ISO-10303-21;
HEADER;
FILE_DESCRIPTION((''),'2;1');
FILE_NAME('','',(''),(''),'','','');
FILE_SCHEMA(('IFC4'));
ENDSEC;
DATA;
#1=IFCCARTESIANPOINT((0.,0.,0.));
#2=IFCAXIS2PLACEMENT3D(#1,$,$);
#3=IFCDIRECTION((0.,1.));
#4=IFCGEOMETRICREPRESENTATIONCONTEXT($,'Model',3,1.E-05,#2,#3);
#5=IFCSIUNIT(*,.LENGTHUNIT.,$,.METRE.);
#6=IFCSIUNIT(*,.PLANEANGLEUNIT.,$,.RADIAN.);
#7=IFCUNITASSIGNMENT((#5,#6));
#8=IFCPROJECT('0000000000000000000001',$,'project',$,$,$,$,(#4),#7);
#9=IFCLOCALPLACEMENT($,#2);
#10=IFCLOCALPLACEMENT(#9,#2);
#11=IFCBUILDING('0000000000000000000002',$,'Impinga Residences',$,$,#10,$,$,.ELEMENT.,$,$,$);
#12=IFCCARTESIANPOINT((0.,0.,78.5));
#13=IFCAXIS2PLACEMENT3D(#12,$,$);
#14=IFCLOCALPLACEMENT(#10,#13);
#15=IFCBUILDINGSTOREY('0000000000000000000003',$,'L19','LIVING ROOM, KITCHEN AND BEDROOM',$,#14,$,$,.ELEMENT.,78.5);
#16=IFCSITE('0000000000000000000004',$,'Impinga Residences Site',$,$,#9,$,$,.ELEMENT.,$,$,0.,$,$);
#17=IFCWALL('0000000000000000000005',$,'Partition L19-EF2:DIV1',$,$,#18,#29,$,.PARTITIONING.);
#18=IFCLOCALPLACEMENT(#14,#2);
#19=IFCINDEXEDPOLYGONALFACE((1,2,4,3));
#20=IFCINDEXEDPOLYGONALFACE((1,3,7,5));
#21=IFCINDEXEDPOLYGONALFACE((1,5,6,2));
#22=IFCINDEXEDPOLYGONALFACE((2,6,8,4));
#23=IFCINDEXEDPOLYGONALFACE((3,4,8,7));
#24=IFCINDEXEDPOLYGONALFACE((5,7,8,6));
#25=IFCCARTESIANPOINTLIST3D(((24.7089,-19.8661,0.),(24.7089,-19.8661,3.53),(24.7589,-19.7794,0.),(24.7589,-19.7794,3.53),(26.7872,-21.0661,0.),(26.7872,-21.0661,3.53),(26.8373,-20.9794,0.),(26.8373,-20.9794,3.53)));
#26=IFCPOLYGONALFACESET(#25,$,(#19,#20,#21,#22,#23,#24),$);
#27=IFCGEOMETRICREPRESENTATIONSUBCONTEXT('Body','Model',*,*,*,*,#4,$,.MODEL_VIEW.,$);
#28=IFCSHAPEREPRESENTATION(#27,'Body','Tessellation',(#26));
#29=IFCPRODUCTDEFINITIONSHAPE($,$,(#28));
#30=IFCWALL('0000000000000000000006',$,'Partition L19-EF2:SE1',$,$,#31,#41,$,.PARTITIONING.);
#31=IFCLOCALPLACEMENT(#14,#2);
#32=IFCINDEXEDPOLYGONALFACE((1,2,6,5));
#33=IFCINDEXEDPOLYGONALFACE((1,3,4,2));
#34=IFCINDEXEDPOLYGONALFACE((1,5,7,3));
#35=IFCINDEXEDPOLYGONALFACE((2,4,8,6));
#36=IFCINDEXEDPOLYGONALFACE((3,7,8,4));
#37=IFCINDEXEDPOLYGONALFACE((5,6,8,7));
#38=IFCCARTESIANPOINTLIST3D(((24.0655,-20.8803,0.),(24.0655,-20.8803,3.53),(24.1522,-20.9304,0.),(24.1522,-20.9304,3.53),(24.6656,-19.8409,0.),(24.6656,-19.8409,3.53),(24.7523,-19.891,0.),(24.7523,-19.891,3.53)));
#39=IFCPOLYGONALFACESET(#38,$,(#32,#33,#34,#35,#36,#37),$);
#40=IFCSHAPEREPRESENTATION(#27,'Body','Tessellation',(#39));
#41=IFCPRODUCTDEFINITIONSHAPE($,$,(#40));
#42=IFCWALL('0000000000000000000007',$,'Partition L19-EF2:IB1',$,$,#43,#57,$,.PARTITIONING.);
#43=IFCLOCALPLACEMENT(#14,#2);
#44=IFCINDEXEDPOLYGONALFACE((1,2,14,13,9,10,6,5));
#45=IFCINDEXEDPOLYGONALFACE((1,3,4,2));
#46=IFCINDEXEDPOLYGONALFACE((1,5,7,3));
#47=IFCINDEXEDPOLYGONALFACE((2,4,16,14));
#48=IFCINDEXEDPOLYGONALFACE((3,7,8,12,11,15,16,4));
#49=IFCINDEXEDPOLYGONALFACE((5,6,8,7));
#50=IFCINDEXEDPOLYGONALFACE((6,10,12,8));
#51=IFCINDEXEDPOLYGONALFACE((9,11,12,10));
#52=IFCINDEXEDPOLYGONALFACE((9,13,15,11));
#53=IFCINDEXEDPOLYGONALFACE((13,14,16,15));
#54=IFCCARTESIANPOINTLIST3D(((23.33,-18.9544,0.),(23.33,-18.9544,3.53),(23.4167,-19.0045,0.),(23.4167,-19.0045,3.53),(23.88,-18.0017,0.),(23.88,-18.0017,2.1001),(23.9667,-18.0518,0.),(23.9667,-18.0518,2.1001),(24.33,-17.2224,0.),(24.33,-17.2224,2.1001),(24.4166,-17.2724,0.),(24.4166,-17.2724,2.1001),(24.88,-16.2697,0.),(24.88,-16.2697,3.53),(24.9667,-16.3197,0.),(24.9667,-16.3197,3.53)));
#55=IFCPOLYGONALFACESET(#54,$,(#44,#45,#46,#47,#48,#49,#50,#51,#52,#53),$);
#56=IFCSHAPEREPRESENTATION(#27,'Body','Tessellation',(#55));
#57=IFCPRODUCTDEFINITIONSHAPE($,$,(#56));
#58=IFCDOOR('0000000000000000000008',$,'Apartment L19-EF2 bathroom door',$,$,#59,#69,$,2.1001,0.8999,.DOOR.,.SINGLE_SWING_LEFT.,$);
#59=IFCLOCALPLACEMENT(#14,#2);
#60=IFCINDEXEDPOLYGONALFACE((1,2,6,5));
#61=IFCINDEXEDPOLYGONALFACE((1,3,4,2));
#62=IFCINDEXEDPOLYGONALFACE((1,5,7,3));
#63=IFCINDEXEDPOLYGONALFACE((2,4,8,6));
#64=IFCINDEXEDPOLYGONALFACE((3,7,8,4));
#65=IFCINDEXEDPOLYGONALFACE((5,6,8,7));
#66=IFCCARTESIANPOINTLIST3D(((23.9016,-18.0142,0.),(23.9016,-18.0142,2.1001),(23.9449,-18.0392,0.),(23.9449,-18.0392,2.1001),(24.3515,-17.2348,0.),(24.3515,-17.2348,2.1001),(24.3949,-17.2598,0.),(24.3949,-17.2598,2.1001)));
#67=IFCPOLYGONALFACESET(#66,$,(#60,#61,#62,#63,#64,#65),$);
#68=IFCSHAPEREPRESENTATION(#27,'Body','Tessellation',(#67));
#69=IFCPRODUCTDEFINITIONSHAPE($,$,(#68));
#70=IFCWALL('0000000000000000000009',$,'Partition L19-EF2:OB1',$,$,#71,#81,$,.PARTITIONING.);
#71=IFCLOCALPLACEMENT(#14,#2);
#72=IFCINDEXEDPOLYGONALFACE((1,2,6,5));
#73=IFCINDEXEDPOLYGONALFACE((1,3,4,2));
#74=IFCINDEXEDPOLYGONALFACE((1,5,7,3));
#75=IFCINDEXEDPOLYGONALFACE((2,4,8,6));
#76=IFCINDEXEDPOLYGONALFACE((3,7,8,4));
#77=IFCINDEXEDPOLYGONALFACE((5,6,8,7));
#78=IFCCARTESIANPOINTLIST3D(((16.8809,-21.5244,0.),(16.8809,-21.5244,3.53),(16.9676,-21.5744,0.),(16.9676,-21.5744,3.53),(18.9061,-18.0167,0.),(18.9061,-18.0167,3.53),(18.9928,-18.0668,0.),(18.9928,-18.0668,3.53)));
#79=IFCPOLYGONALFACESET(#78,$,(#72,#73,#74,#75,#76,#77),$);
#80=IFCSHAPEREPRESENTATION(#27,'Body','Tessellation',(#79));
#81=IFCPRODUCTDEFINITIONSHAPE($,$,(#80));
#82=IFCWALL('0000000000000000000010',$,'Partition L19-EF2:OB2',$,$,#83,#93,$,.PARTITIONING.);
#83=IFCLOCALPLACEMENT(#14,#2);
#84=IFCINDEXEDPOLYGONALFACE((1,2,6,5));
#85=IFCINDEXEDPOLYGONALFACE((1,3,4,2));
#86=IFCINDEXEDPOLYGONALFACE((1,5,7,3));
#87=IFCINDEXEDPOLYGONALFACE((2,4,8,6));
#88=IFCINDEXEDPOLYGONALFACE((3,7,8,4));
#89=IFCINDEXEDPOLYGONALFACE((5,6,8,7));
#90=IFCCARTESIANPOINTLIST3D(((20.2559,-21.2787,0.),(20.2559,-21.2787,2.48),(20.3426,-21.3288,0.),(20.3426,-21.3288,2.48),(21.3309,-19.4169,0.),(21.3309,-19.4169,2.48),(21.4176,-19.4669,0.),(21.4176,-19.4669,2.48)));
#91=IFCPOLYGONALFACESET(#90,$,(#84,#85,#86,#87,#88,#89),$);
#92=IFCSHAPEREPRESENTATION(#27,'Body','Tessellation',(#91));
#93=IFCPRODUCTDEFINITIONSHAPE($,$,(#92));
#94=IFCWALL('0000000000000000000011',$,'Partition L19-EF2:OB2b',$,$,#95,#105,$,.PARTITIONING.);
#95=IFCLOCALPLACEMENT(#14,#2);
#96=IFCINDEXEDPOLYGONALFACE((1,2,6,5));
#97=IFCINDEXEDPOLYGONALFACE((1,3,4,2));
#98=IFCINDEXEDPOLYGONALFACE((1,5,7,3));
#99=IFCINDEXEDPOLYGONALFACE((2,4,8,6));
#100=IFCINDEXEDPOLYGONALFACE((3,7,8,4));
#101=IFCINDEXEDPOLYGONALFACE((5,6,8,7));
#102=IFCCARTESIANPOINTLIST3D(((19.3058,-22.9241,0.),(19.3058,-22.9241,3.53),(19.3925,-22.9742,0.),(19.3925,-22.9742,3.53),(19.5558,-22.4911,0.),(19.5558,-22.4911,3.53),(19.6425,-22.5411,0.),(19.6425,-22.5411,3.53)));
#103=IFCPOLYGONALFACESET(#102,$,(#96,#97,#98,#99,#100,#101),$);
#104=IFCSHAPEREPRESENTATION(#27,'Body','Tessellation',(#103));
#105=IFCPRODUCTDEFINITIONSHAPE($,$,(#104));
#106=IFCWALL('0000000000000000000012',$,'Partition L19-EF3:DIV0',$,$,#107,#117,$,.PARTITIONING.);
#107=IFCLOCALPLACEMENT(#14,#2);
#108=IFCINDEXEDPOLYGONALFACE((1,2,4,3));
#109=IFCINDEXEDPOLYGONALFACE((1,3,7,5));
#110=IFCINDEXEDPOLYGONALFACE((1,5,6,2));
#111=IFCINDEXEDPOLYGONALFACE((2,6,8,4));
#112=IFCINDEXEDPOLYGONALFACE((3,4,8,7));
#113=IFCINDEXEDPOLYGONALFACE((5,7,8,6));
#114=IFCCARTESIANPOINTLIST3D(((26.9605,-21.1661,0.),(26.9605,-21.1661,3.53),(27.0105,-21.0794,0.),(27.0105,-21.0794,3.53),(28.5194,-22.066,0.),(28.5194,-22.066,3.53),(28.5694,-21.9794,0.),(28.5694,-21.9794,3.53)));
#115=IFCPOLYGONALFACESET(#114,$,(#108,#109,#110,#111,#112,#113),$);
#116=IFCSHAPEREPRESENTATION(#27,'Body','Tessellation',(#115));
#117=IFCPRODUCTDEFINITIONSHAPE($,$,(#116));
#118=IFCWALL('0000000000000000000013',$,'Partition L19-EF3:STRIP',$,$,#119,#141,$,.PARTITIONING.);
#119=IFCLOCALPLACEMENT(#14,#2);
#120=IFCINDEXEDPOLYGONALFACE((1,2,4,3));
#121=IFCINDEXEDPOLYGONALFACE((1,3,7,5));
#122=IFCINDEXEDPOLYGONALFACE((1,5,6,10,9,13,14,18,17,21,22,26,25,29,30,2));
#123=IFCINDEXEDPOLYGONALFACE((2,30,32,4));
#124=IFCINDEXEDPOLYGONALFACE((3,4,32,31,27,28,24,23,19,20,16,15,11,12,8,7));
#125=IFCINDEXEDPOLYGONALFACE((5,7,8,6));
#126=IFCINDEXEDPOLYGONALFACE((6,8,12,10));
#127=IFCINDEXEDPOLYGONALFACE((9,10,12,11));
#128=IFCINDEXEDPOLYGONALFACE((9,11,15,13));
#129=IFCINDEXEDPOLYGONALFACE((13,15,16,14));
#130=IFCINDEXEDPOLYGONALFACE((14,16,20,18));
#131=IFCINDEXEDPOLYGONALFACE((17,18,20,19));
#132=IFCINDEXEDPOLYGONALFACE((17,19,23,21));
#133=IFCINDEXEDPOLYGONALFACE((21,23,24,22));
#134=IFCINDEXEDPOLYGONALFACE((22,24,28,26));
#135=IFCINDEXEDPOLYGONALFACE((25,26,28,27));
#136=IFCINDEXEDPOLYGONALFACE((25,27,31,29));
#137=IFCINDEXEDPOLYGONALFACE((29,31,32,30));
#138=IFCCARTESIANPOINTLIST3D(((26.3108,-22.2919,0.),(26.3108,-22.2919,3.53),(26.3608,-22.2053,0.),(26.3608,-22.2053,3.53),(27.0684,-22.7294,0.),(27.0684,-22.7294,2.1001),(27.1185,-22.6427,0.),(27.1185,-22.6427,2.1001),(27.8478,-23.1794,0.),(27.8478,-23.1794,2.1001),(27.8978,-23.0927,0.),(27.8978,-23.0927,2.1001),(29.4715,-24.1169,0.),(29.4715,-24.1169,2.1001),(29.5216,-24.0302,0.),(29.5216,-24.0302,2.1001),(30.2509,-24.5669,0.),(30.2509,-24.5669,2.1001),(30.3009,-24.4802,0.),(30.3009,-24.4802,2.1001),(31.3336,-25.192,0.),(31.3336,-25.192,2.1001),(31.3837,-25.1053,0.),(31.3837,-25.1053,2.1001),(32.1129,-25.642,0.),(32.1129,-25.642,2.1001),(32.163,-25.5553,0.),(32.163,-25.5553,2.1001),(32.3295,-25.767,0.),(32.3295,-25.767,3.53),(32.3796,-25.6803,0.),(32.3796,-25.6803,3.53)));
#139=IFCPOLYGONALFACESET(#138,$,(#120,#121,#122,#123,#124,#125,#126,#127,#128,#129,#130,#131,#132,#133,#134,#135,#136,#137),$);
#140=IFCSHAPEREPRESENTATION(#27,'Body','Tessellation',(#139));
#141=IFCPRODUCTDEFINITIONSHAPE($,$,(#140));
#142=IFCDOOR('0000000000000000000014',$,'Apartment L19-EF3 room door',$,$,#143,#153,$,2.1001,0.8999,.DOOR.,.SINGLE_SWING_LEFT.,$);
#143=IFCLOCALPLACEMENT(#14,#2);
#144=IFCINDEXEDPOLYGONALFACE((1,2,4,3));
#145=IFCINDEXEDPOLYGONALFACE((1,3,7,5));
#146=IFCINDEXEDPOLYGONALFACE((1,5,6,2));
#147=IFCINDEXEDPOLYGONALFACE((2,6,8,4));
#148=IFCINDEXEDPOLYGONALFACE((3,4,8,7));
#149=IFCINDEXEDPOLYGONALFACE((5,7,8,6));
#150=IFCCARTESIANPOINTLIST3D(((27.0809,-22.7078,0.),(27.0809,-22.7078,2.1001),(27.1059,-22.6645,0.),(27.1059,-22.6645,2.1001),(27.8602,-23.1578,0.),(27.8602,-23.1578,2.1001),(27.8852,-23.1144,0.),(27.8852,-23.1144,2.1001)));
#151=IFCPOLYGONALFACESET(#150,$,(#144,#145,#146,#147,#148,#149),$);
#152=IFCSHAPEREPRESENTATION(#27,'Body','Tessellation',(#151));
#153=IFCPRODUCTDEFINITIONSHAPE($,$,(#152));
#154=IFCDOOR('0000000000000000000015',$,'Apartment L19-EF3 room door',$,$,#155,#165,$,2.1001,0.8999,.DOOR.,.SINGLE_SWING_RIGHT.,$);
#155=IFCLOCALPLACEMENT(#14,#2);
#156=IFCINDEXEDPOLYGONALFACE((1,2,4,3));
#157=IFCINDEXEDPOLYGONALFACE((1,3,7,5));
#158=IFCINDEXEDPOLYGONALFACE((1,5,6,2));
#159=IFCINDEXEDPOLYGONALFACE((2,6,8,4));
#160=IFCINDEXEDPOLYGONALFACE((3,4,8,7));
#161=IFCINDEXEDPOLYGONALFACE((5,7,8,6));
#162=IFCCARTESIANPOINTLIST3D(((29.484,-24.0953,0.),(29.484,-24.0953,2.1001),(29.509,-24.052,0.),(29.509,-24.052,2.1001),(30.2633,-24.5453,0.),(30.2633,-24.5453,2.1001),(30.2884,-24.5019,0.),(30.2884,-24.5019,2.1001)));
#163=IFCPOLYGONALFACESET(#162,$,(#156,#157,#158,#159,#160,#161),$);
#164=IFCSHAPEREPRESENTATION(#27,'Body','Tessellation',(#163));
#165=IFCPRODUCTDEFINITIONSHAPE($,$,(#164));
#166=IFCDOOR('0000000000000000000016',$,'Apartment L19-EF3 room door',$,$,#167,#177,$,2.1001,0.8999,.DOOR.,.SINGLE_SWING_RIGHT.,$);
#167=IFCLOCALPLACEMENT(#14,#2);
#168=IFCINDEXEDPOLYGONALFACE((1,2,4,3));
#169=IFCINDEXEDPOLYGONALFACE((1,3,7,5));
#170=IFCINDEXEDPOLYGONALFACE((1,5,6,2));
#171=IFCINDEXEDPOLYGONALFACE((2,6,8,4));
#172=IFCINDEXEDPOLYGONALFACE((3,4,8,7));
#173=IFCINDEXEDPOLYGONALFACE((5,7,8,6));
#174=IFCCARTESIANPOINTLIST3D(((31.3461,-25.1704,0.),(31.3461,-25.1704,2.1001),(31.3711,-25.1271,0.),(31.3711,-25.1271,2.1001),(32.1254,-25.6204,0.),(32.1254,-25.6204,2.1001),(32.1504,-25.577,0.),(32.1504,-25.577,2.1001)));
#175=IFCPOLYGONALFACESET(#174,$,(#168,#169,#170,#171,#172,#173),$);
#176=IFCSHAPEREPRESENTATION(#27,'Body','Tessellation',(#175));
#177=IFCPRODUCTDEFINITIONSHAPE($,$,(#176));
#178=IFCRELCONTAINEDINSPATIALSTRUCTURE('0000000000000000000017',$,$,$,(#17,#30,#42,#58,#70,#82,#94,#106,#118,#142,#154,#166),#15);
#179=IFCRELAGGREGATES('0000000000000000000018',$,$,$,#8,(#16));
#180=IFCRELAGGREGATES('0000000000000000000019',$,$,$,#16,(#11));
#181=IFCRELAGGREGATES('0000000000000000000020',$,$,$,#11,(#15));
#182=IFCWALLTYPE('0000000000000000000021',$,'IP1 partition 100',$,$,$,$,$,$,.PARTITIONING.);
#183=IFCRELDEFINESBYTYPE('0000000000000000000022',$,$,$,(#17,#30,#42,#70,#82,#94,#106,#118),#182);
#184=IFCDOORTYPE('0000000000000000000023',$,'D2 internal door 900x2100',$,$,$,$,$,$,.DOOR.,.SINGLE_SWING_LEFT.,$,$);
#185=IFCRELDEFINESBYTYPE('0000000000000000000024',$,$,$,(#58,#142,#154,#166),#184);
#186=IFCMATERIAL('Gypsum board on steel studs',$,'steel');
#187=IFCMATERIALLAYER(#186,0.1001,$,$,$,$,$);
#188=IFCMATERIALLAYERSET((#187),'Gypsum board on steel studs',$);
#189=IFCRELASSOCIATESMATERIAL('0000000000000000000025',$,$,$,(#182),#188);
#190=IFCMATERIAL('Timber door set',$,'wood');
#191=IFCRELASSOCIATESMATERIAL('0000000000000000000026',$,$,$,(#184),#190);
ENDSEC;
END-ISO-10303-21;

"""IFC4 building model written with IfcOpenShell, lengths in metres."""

from ifc_helpers import new_model, si_unit, direction, frame, frame_2d, origin, place, context, subcontext, project, spatial, rectangle, extrude, material, layer, layer_set, type_object, element, fill, save


model = new_model("IFC4")

# Units and contexts
model_context = context("Model", 3, precision=1e-05, world=origin(), true_north=direction((0.0, 1.0)))
body_context = subcontext(model_context, "Body", "Model", "MODEL_VIEW")
ifc_project = project(units=[si_unit("LENGTHUNIT", "METRE"), si_unit("PLANEANGLEUNIT", "RADIAN")], contexts=[model_context])

# Site, building, storey
site_placement = place(None, origin())
site = spatial("IfcSite", under=ifc_project, at=site_placement, Name="Impinga Residences Site", CompositionType="ELEMENT", RefElevation=0.0)
building_placement = place(site_placement, origin())
building = spatial("IfcBuilding", under=site, at=building_placement, Name="Impinga Residences", CompositionType="ELEMENT")
storey_placement = place(building_placement, frame((0.0, 0.0, 78.5)))
storey = spatial("IfcBuildingStorey", under=building, at=storey_placement, Name="L19", Description="LIVING ROOM, KITCHEN AND BEDROOM", CompositionType="ELEMENT", Elevation=78.5)

# Shared definitions
ifc_material_1 = material(Name="Gypsum board on steel studs", Category="steel")
ifc_layer_1 = layer(ifc_material_1, 0.1001)
ifc_layer_set_1 = layer_set([ifc_layer_1], Name="Gypsum board on steel studs")
wall_type_1 = type_object("IfcWallType", Name="IP1 partition 100", PredefinedType="PARTITIONING", material=ifc_layer_set_1)

# Shared definitions
ifc_material_2 = material(Name="Timber door set", Category="wood")
door_type = type_object("IfcDoorType", Name="D2 internal door 900x2100", OperationType="SINGLE_SWING_LEFT", PredefinedType="DOOR", material=ifc_material_2)

# Walls
wall_1_placement = place(storey_placement, frame((24.7339, -19.8228, 0.0), z_axis=(0.0, 0.0, 1.0), x_axis=(0.866025, -0.500001, 0.0)))
element("IfcWall", 1, at=wall_1_placement, inside=storey, type_object=wall_type_1, Name="Partition L19-EF2:DIV1", PredefinedType="PARTITIONING", context=body_context, shape_type="SweptSolid", body=[
    extrude(rectangle(XDim=2.3999, YDim=0.1001, at=frame_2d((1.2, 0.0))), origin(), (0.0, 0.0, 1.0), 3.53),
])
wall_2_placement = place(storey_placement, frame((24.709, -19.866, 0.0), z_axis=(0.0, 0.0, 1.0), x_axis=(-0.500034, -0.866006, 0.0)))
element("IfcWall", 2, at=wall_2_placement, inside=storey, type_object=wall_type_1, Name="Partition L19-EF2:SE1", PredefinedType="PARTITIONING", context=body_context, shape_type="SweptSolid", body=[
    extrude(rectangle(XDim=1.2002, YDim=0.1001, at=frame_2d((0.6001, 0.0))), origin(), (0.0, 0.0, 1.0), 3.53),
])

# Wall, opening, door
wall_3_placement = place(storey_placement, frame((24.9233, -16.2947, 0.0), z_axis=(0.0, 0.0, 1.0), x_axis=(-0.499993, -0.86603, 0.0)))
wall_3 = element("IfcWall", 3, at=wall_3_placement, inside=storey, type_object=wall_type_1, Name="Partition L19-EF2:IB1", PredefinedType="PARTITIONING", context=body_context, shape_type="SweptSolid", body=[
    extrude(rectangle(XDim=3.1001, YDim=0.1001, at=frame_2d((1.55, 0.0))), origin(), (0.0, 0.0, 1.0), 3.53),
])
opening_1_placement = place(wall_3_placement, frame((1.1001, 0.0, 0.0)))
opening_1 = element("IfcOpeningElement", 4, at=opening_1_placement, cuts=wall_3, PredefinedType="OPENING", context=body_context, shape_type="SweptSolid", body=[
    extrude(rectangle(XDim=0.8999, YDim=2.1001, at=frame_2d((0.45, 1.05))), frame((0.0, 0.0601, 0.0), z_axis=(0.0, -1.0, 0.0), x_axis=(1.0, 0.0, 0.0)), (0.0, 0.0, 1.0), 0.1201),
])
door_1_placement = place(opening_1_placement, origin())
door_1 = element("IfcDoor", 5, at=door_1_placement, inside=storey, type_object=door_type, Name="Apartment L19-EF2 bathroom door", OperationType="SINGLE_SWING_LEFT", OverallHeight=2.1001, OverallWidth=0.8999, PredefinedType="DOOR", context=body_context, shape_type="SweptSolid", body=[
    extrude(rectangle(XDim=0.8999, YDim=2.1001, at=frame_2d((0.45, 1.05))), frame((0.0, 0.0249, 0.0), z_axis=(0.0, -1.0, 0.0), x_axis=(1.0, 0.0, 0.0)), (0.0, 0.0, 1.0), 0.05),
])
fill(opening_1, door_1)

# Walls
wall_4_placement = place(storey_placement, frame((18.9495, -18.0417, 0.0), z_axis=(0.0, 0.0, 1.0), x_axis=(-0.500009, -0.86602, 0.0)))
element("IfcWall", 6, at=wall_4_placement, inside=storey, type_object=wall_type_1, Name="Partition L19-EF2:OB1", PredefinedType="PARTITIONING", context=body_context, shape_type="SweptSolid", body=[
    extrude(rectangle(XDim=4.0503, YDim=0.1001, at=frame_2d((2.0251, 0.0))), origin(), (0.0, 0.0, 1.0), 3.53),
])
wall_5_placement = place(storey_placement, frame((21.3743, -19.4419, 0.0), z_axis=(0.0, 0.0, 1.0), x_axis=(-0.500011, -0.866019, 0.0)))
element("IfcWall", 7, at=wall_5_placement, inside=storey, type_object=wall_type_1, Name="Partition L19-EF2:OB2", PredefinedType="PARTITIONING", context=body_context, shape_type="SweptSolid", body=[
    extrude(rectangle(XDim=2.1499, YDim=0.1001, at=frame_2d((1.075, 0.0))), origin(), (0.0, 0.0, 1.0), 2.48),
])
wall_6_placement = place(storey_placement, frame((19.5991, -22.5161, 0.0), z_axis=(0.0, 0.0, 1.0), x_axis=(-0.49992, -0.866072, 0.0)))
element("IfcWall", 8, at=wall_6_placement, inside=storey, type_object=wall_type_1, Name="Partition L19-EF2:OB2b", PredefinedType="PARTITIONING", context=body_context, shape_type="SweptSolid", body=[
    extrude(rectangle(XDim=0.5, YDim=0.1001, at=frame_2d((0.25, 0.0))), origin(), (0.0, 0.0, 1.0), 3.53),
])
wall_7_placement = place(storey_placement, frame((26.9856, -21.1228, 0.0), z_axis=(0.0, 0.0, 1.0), x_axis=(0.866048, -0.499961, 0.0)))
element("IfcWall", 9, at=wall_7_placement, inside=storey, type_object=wall_type_1, Name="Partition L19-EF3:DIV0", PredefinedType="PARTITIONING", context=body_context, shape_type="SweptSolid", body=[
    extrude(rectangle(XDim=1.8, YDim=0.1001, at=frame_2d((0.8999, 0.0))), origin(), (0.0, 0.0, 1.0), 3.53),
])

# Wall, openings, doors
wall_8_placement = place(storey_placement, frame((26.3357, -22.2485, 0.0), z_axis=(0.0, 0.0, 1.0), x_axis=(0.866017, -0.500015, 0.0)))
wall_8 = element("IfcWall", 10, at=wall_8_placement, inside=storey, type_object=wall_type_1, Name="Partition L19-EF3:STRIP", PredefinedType="PARTITIONING", context=body_context, shape_type="SweptSolid", body=[
    extrude(rectangle(XDim=6.95, YDim=0.1001, at=frame_2d((3.4751, 0.0))), origin(), (0.0, 0.0, 1.0), 3.53),
])
opening_2_placement = place(wall_8_placement, frame((0.875, 0.0, 0.0)))
opening_2 = element("IfcOpeningElement", 11, at=opening_2_placement, cuts=wall_8, PredefinedType="OPENING", context=body_context, shape_type="SweptSolid", body=[
    extrude(rectangle(XDim=0.8999, YDim=2.1001, at=frame_2d((0.45, 1.05))), frame((0.0, 0.0601, 0.0), z_axis=(0.0, -1.0, 0.0), x_axis=(1.0, 0.0, 0.0)), (0.0, 0.0, 1.0), 0.1201),
])
opening_3_placement = place(wall_8_placement, frame((3.6499, 0.0, 0.0)))
opening_3 = element("IfcOpeningElement", 12, at=opening_3_placement, cuts=wall_8, PredefinedType="OPENING", context=body_context, shape_type="SweptSolid", body=[
    extrude(rectangle(XDim=0.8999, YDim=2.1001, at=frame_2d((0.45, 1.05))), frame((0.0, 0.0601, 0.0), z_axis=(0.0, -1.0, 0.0), x_axis=(1.0, 0.0, 0.0)), (0.0, 0.0, 1.0), 0.1201),
])
opening_4_placement = place(wall_8_placement, frame((5.8, 0.0, 0.0)))
opening_4 = element("IfcOpeningElement", 13, at=opening_4_placement, cuts=wall_8, PredefinedType="OPENING", context=body_context, shape_type="SweptSolid", body=[
    extrude(rectangle(XDim=0.8999, YDim=2.1001, at=frame_2d((0.45, 1.05))), frame((0.0, 0.0601, 0.0), z_axis=(0.0, -1.0, 0.0), x_axis=(1.0, 0.0, 0.0)), (0.0, 0.0, 1.0), 0.1201),
])
door_2_placement = place(opening_2_placement, origin())
door_2 = element("IfcDoor", 14, at=door_2_placement, inside=storey, type_object=door_type, Name="Apartment L19-EF3 room door", OperationType="SINGLE_SWING_LEFT", OverallHeight=2.1001, OverallWidth=0.8999, PredefinedType="DOOR", context=body_context, shape_type="SweptSolid", body=[
    extrude(rectangle(XDim=0.8999, YDim=2.1001, at=frame_2d((0.45, 1.05))), frame((0.0, 0.0249, 0.0), z_axis=(0.0, -1.0, 0.0), x_axis=(1.0, 0.0, 0.0)), (0.0, 0.0, 1.0), 0.05),
])
fill(opening_2, door_2)
door_3_placement = place(opening_3_placement, origin())
door_3 = element("IfcDoor", 15, at=door_3_placement, inside=storey, type_object=door_type, Name="Apartment L19-EF3 room door", OperationType="SINGLE_SWING_RIGHT", OverallHeight=2.1001, OverallWidth=0.8999, PredefinedType="DOOR", context=body_context, shape_type="SweptSolid", body=[
    extrude(rectangle(XDim=0.8999, YDim=2.1001, at=frame_2d((0.45, 1.05))), frame((0.0, 0.0249, 0.0), z_axis=(0.0, -1.0, 0.0), x_axis=(1.0, 0.0, 0.0)), (0.0, 0.0, 1.0), 0.05),
])
fill(opening_3, door_3)
door_4_placement = place(opening_4_placement, origin())
door_4 = element("IfcDoor", 16, at=door_4_placement, inside=storey, type_object=door_type, Name="Apartment L19-EF3 room door", OperationType="SINGLE_SWING_RIGHT", OverallHeight=2.1001, OverallWidth=0.8999, PredefinedType="DOOR", context=body_context, shape_type="SweptSolid", body=[
    extrude(rectangle(XDim=0.8999, YDim=2.1001, at=frame_2d((0.45, 1.05))), frame((0.0, 0.0249, 0.0), z_axis=(0.0, -1.0, 0.0), x_axis=(1.0, 0.0, 0.0)), (0.0, 0.0, 1.0), 0.05),
])
fill(opening_4, door_4)

save(model, "model.ifc")
